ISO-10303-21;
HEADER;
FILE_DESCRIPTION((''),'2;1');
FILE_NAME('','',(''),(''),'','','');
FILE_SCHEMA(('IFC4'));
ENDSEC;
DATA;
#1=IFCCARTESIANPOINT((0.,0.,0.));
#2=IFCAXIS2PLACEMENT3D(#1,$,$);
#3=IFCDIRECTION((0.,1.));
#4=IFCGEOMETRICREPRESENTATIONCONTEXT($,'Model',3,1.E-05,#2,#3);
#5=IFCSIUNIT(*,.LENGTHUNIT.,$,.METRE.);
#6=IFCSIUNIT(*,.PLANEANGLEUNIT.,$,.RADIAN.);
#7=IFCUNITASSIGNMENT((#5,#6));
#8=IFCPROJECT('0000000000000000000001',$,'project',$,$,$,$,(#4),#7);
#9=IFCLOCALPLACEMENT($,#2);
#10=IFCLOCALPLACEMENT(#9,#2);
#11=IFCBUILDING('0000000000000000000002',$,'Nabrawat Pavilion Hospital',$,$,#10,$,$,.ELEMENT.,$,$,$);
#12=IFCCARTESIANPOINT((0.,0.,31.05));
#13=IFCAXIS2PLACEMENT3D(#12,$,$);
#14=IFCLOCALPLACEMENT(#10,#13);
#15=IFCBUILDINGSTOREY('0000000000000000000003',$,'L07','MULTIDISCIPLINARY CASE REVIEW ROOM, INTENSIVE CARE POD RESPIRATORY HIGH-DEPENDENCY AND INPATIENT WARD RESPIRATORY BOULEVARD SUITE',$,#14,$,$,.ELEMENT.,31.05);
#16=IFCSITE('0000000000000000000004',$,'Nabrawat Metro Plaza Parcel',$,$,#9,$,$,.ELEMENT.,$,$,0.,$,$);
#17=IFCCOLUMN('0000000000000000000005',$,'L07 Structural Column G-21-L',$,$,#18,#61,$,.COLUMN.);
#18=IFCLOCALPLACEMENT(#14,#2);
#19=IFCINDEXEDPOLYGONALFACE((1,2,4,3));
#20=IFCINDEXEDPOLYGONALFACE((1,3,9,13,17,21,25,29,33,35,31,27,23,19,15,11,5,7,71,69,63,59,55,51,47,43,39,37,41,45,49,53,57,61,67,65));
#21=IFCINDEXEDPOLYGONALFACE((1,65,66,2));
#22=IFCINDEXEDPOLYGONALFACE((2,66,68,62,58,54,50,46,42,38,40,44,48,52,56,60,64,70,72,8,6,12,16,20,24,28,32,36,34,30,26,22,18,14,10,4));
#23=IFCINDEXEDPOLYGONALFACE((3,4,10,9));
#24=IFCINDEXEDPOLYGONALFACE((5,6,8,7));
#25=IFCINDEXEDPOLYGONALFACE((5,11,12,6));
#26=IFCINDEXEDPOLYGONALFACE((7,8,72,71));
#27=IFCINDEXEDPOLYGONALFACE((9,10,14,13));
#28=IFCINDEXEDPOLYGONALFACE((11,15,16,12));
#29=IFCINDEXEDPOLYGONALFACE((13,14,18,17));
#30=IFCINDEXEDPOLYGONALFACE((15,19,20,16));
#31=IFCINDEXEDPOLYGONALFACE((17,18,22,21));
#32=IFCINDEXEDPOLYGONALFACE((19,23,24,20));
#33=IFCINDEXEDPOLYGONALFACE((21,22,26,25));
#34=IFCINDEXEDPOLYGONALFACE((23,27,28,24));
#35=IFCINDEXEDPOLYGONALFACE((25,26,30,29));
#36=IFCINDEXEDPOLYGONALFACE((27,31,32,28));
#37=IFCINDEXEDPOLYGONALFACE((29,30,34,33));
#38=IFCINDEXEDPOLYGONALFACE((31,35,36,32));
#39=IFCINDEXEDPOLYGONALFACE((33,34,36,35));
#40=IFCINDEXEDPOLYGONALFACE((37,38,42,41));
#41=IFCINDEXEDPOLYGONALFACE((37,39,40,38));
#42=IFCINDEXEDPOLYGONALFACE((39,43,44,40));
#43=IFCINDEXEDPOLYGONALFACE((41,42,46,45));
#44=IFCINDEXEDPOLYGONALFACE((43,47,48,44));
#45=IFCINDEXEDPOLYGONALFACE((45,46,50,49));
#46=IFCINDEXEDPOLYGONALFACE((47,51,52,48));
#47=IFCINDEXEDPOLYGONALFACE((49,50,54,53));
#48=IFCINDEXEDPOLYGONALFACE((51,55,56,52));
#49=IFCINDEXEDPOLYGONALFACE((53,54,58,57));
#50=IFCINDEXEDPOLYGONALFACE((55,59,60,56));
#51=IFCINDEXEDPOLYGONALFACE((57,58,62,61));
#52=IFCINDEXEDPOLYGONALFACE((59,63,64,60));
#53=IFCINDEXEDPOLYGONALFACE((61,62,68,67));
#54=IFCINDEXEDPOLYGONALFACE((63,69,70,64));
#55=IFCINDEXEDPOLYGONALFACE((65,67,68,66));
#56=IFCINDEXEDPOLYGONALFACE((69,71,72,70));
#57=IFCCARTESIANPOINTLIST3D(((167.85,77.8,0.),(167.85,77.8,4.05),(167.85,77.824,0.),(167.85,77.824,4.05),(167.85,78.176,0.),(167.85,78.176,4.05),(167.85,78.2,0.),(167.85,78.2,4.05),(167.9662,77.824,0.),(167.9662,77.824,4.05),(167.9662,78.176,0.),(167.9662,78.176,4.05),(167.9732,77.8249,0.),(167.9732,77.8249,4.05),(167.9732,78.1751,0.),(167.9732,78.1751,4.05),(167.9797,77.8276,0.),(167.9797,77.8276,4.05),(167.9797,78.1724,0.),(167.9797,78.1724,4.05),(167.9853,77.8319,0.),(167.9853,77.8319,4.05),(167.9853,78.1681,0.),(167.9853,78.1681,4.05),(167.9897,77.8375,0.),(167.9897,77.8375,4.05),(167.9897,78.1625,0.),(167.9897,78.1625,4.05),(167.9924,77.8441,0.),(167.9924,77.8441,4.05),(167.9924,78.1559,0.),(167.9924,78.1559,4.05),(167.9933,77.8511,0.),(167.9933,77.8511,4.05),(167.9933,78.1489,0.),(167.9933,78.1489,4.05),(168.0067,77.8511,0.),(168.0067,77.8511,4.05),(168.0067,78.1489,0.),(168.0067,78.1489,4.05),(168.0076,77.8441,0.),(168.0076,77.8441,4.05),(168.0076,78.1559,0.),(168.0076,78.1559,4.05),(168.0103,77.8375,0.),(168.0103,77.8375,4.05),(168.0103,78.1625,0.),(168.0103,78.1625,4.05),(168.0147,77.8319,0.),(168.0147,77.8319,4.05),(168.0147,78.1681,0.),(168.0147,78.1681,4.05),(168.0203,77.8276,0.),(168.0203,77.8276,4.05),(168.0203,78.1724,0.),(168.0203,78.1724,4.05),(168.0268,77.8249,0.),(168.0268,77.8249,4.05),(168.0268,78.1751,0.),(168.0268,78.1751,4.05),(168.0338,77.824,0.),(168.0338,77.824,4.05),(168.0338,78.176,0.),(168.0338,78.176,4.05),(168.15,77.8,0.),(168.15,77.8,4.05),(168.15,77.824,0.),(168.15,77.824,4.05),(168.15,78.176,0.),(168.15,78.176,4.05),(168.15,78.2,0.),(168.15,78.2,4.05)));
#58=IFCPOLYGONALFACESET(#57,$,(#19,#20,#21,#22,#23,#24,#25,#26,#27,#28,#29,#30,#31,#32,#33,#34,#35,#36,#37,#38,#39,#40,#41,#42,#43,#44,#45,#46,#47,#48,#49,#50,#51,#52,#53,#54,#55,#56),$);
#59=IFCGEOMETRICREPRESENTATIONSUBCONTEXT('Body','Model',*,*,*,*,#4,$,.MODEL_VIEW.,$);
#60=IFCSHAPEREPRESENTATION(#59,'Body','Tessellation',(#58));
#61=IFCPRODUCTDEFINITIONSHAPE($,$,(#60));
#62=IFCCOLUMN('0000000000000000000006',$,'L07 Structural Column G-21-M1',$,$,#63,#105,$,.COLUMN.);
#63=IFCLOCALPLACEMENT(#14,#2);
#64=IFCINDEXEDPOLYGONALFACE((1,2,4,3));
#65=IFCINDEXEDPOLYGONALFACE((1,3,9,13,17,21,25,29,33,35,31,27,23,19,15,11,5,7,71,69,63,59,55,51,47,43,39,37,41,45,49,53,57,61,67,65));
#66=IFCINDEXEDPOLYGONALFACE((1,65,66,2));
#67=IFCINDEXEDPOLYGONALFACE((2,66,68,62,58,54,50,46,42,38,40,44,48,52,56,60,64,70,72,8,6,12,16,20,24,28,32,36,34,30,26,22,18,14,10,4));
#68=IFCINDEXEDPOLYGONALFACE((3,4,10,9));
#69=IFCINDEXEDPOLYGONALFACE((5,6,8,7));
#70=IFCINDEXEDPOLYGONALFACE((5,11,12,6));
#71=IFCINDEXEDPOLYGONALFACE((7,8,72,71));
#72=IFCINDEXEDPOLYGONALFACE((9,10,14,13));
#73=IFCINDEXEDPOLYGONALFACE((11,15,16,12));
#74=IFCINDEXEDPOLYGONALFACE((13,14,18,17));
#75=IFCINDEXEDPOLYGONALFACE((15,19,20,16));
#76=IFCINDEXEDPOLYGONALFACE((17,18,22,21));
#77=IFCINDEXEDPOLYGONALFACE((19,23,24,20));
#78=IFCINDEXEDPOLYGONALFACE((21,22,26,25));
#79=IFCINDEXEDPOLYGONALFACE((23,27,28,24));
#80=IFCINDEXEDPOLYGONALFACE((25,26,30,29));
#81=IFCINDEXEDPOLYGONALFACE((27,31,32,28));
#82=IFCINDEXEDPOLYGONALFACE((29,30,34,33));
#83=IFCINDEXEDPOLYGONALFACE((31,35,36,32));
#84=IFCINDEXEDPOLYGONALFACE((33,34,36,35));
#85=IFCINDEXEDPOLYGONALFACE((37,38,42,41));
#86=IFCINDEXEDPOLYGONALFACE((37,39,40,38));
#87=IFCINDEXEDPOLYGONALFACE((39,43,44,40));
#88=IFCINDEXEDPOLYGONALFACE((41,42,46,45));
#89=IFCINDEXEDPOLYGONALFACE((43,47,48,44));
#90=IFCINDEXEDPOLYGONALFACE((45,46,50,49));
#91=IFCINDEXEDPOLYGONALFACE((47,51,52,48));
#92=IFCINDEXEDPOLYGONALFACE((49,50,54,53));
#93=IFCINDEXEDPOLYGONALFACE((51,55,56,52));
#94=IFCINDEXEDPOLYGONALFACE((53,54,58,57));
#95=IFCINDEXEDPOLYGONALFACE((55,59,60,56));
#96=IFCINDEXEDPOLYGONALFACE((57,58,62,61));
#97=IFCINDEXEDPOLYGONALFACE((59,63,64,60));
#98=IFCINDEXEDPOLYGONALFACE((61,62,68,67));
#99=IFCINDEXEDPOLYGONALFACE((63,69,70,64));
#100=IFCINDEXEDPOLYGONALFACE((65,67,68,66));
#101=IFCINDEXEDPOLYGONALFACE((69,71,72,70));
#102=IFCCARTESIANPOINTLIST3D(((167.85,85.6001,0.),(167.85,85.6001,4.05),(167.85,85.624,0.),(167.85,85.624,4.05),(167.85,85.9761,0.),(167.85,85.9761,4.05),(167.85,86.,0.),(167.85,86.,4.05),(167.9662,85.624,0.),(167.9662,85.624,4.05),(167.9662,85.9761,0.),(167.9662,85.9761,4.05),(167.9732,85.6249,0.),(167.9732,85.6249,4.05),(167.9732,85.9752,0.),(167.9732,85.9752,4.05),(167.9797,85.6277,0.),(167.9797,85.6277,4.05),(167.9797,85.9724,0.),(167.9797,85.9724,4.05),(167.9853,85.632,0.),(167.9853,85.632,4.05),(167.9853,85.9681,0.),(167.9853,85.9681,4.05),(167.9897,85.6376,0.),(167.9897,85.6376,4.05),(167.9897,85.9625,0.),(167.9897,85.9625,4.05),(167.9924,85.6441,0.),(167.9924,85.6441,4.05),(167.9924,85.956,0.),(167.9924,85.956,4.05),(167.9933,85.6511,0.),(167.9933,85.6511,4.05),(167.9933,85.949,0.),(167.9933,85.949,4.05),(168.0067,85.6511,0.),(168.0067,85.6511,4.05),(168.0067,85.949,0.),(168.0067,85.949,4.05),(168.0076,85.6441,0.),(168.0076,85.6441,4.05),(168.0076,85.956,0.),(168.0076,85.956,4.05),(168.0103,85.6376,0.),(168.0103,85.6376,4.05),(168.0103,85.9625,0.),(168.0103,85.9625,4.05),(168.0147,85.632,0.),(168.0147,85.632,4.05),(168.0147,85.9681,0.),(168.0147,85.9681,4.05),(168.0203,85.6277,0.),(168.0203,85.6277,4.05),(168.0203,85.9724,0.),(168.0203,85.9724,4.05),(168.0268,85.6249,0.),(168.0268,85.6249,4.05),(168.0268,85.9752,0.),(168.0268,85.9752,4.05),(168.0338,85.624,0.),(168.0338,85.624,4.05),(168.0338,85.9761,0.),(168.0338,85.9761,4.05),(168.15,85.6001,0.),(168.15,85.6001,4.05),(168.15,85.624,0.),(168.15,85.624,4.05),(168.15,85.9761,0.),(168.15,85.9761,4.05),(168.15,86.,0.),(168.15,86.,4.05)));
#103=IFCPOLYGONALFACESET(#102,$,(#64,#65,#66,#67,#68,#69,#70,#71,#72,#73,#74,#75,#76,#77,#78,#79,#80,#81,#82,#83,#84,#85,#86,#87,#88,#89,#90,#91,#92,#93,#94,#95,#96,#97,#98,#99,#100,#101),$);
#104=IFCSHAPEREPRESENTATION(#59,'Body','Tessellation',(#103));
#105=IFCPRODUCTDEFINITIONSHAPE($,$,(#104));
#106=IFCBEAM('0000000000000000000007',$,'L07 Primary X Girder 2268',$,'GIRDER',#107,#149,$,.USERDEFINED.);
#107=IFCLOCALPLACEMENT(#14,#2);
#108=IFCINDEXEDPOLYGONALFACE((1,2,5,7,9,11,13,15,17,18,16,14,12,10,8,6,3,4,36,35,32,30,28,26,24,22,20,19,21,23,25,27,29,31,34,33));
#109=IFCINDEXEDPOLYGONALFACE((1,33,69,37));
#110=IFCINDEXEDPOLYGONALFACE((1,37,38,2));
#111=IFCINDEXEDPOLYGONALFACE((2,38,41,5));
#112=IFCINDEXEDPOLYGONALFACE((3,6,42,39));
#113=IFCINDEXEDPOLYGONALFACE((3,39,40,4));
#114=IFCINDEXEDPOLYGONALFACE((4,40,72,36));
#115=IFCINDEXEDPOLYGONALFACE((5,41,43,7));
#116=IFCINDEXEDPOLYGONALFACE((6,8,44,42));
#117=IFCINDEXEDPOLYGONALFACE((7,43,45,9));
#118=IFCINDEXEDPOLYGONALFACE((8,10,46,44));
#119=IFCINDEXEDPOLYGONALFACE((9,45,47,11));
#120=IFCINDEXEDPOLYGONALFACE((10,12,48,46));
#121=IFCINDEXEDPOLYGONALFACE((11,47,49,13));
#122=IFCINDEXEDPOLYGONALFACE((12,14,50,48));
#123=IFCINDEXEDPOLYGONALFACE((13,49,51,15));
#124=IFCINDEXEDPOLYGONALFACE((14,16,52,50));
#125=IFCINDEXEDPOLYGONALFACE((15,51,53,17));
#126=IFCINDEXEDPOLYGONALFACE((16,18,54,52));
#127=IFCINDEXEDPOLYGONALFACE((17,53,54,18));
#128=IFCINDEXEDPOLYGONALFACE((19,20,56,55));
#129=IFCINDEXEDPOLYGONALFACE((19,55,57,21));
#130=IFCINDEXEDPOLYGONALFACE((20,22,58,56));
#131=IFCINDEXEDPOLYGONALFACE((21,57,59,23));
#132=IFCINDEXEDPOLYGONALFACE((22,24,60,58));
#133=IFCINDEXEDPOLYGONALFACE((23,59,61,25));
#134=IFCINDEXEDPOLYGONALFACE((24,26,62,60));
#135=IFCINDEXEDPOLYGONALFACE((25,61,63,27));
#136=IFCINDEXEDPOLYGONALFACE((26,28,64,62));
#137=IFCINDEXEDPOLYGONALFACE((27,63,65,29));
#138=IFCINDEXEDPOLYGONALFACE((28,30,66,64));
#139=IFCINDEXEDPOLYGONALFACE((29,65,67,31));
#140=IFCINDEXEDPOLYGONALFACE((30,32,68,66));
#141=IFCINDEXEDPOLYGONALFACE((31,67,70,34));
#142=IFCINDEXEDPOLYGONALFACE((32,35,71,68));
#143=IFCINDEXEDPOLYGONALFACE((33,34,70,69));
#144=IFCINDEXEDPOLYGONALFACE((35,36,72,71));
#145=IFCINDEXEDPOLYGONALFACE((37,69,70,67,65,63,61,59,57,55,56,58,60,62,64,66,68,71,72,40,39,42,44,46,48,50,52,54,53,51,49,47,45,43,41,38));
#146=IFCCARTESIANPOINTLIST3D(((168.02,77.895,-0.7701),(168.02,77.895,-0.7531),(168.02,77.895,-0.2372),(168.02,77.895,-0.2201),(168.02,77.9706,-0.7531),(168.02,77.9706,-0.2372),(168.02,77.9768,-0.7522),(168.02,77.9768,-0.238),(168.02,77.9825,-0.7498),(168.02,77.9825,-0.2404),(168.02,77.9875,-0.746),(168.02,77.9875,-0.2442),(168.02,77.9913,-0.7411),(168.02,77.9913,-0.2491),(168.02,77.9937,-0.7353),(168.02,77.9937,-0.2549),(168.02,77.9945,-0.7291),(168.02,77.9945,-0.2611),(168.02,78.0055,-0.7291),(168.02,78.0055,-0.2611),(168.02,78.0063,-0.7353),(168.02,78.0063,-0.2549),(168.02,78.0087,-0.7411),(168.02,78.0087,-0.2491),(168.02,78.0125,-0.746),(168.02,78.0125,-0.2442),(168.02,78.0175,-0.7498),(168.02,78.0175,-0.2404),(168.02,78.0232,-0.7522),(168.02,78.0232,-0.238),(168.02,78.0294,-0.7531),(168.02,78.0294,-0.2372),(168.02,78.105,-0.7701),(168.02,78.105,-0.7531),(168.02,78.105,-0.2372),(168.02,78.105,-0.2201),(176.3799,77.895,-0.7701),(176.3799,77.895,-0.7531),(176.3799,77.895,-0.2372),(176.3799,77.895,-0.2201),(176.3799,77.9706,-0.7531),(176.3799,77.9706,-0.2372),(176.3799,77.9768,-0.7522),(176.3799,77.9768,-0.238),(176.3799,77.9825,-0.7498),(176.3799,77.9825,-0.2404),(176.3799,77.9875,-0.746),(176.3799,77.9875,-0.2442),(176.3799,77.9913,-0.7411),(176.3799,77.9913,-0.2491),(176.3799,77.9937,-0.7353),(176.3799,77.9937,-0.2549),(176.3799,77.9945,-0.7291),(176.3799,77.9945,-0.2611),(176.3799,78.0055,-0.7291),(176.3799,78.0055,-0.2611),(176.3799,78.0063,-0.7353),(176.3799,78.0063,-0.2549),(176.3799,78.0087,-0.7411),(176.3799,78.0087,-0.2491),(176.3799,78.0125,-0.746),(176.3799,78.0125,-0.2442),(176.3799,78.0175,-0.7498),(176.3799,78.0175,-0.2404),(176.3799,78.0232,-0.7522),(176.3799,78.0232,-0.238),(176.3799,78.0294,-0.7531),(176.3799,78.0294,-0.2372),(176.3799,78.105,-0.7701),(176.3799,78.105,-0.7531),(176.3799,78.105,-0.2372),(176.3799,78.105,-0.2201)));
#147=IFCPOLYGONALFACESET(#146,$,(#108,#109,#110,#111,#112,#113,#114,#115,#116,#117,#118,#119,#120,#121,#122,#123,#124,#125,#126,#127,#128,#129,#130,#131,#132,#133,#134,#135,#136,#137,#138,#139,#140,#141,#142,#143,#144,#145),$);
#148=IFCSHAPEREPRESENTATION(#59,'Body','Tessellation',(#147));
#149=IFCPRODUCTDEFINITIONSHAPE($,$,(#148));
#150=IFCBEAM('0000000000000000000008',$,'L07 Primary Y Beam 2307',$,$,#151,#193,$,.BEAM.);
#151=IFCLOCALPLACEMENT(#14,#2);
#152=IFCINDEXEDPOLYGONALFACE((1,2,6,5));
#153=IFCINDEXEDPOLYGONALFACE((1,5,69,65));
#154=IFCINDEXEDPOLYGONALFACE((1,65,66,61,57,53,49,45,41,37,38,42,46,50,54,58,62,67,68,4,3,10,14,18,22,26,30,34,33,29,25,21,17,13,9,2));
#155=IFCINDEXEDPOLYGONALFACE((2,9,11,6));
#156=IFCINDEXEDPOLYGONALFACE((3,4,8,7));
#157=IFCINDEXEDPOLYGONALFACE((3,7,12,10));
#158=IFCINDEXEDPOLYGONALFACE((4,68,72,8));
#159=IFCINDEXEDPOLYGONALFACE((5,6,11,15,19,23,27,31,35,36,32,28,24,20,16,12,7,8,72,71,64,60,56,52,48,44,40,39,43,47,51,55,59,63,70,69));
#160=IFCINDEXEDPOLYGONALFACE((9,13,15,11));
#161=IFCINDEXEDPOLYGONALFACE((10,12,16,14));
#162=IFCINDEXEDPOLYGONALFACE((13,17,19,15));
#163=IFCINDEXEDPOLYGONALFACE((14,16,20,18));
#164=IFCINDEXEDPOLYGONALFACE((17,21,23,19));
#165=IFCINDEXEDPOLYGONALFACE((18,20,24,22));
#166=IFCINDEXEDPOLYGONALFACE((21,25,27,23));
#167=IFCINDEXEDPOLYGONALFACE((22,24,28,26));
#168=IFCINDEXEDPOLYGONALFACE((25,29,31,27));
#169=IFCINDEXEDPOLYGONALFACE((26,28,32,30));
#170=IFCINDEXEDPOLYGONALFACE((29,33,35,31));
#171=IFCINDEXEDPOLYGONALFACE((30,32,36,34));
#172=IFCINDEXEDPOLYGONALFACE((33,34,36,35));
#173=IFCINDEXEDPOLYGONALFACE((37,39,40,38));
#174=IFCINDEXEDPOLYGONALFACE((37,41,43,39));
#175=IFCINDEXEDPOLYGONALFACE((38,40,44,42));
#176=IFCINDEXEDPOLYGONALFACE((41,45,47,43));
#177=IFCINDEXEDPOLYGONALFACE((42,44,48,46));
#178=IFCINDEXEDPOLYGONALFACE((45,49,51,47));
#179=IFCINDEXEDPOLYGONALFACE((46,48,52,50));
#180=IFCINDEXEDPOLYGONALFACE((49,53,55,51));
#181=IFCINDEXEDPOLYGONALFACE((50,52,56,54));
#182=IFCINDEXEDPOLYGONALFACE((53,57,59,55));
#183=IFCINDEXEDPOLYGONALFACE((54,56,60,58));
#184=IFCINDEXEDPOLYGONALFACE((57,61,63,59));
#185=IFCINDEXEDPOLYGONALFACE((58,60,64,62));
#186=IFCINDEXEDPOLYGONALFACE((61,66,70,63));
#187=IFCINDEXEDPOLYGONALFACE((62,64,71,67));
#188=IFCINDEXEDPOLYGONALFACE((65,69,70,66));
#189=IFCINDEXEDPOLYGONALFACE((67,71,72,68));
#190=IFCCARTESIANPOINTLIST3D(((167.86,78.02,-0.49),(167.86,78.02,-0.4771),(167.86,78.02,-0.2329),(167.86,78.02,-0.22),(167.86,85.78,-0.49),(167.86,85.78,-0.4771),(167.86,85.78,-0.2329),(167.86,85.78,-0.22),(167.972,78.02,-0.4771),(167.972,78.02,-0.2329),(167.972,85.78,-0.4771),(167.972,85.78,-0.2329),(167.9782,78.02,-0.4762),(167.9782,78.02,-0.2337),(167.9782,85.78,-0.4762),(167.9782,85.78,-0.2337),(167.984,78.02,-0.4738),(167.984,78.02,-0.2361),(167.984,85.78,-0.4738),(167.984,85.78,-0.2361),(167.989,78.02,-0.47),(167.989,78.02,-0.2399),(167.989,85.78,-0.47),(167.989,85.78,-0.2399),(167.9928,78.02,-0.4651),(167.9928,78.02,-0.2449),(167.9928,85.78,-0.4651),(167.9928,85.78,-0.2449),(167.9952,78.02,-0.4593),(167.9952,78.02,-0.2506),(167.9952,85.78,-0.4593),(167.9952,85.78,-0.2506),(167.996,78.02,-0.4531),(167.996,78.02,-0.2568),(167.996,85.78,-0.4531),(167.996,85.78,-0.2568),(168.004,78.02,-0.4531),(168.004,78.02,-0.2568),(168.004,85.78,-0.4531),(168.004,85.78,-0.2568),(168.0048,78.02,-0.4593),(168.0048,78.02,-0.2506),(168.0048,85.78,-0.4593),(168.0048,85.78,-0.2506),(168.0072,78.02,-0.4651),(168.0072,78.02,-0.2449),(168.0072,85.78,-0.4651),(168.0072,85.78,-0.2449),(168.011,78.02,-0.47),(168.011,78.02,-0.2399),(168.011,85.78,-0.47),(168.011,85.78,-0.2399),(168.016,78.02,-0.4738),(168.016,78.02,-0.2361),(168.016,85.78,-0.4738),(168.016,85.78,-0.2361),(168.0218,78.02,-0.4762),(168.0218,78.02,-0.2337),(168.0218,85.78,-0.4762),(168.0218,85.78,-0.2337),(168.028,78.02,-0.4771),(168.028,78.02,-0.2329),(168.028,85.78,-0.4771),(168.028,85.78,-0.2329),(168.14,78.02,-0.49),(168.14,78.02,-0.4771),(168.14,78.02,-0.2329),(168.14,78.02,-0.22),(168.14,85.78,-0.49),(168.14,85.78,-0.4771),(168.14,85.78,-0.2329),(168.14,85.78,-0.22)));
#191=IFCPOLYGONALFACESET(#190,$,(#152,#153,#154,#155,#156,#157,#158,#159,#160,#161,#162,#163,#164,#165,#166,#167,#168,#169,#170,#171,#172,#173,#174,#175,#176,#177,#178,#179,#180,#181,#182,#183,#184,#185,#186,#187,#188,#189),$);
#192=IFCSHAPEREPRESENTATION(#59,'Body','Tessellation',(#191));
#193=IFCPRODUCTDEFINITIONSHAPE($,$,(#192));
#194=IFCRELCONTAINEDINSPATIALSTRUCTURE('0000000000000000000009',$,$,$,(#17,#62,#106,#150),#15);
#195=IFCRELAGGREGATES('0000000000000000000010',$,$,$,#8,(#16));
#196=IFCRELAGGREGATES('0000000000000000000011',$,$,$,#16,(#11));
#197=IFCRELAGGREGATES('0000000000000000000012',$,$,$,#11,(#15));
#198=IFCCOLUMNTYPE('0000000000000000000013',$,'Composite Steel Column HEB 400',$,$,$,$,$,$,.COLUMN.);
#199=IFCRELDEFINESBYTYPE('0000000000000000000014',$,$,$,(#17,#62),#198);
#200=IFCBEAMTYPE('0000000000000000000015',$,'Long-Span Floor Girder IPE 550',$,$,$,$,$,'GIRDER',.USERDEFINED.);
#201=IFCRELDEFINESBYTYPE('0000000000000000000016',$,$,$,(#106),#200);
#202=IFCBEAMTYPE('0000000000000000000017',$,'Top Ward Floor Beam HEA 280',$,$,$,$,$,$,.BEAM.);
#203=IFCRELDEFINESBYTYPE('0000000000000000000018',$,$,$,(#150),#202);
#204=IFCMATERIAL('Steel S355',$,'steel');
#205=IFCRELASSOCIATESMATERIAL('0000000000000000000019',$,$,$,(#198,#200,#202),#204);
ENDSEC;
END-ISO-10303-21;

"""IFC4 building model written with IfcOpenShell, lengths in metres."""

from ifc_helpers import new_model, si_unit, direction, frame, origin, origin_2d, place, context, subcontext, project, spatial, i_section, extrude, material, material_profile, profile_set, type_object, element, save


model = new_model("IFC4")

# Units and contexts
model_context = context("Model", 3, precision=1e-05, world=origin(), true_north=direction((0.0, 1.0)))
body_context = subcontext(model_context, "Body", "Model", "MODEL_VIEW")
ifc_project = project(units=[si_unit("LENGTHUNIT", "METRE"), si_unit("PLANEANGLEUNIT", "RADIAN")], contexts=[model_context])

# Site, building, storey
site_placement = place(None, origin())
site = spatial("IfcSite", under=ifc_project, at=site_placement, Name="Nabrawat Metro Plaza Parcel", CompositionType="ELEMENT", RefElevation=0.0)
building_placement = place(site_placement, origin())
building = spatial("IfcBuilding", under=site, at=building_placement, Name="Nabrawat Pavilion Hospital", CompositionType="ELEMENT")
storey_placement = place(building_placement, frame((0.0, 0.0, 31.05)))
storey = spatial("IfcBuildingStorey", under=building, at=storey_placement, Name="L07", Description="MULTIDISCIPLINARY CASE REVIEW ROOM, INTENSIVE CARE POD RESPIRATORY HIGH-DEPENDENCY AND INPATIENT WARD RESPIRATORY BOULEVARD SUITE", CompositionType="ELEMENT", Elevation=31.05)

# Columns
ifc_material_1 = material(Name="Steel S355", Category="steel")
ifc_material_profile_1 = material_profile(ifc_material_1, i_section(OverallWidth=0.3, OverallDepth=0.3999, WebThickness=0.0134, FlangeThickness=0.0239, FilletRadius=0.0271, at=origin_2d()), Name="HEB 400")
ifc_profile_set_1 = profile_set([ifc_material_profile_1], Name="Steel S355")
column_type = type_object("IfcColumnType", Name="Composite Steel Column HEB 400", PredefinedType="COLUMN", material=ifc_profile_set_1)
for number, where, z_axis, x_axis, name in (
    (1, (168.0, 78.0, 0.0), (0.0, 0.0, 1.0), (1.0, 0.0, 0.0), "L07 Structural Column G-21-L"),
    (2, (168.0, 85.8, 0.0), (0.0, 0.0, 1.0), (1.0, 0.0, 0.0), "L07 Structural Column G-21-M1"),
):
    element("IfcColumn", number, at=place(storey_placement, frame(where, z_axis=z_axis, x_axis=x_axis)), inside=storey, type_object=column_type, Name=name, PredefinedType="COLUMN", context=body_context, shape_type="SweptSolid", body=[
        extrude(i_section(OverallWidth=0.3, OverallDepth=0.3999, WebThickness=0.0134, FlangeThickness=0.0239, FilletRadius=0.0271, at=origin_2d()), origin(), (0.0, 0.0, 1.0), 4.05),
    ])

# Beams
ifc_material_profile_2 = material_profile(ifc_material_1, i_section(OverallWidth=0.21, OverallDepth=0.55, WebThickness=0.011, FlangeThickness=0.0171, FilletRadius=0.0239, at=origin_2d()), Name="IPE 550")
ifc_profile_set_2 = profile_set([ifc_material_profile_2], Name="Steel S355")
beam_type_1 = type_object("IfcBeamType", Name="Long-Span Floor Girder IPE 550", ElementType="GIRDER", PredefinedType="USERDEFINED", material=ifc_profile_set_2)
beam_1_placement = place(storey_placement, frame((168.02, 78.0, -0.4951), z_axis=(1.0, 0.0, 0.0), x_axis=(0.0, 1.0, 0.0)))
element("IfcBeam", 3, at=beam_1_placement, inside=storey, type_object=beam_type_1, Name="L07 Primary X Girder 2268", ObjectType="GIRDER", PredefinedType="USERDEFINED", context=body_context, shape_type="SweptSolid", body=[
    extrude(i_section(OverallWidth=0.21, OverallDepth=0.55, WebThickness=0.011, FlangeThickness=0.0171, FilletRadius=0.0239, at=origin_2d()), origin(), (0.0, 0.0, 1.0), 8.3599),
])
ifc_material_profile_3 = material_profile(ifc_material_1, i_section(OverallWidth=0.28, OverallDepth=0.27, WebThickness=0.0081, FlangeThickness=0.0129, FilletRadius=0.0239, at=origin_2d()), Name="HEA 280")
ifc_profile_set_3 = profile_set([ifc_material_profile_3], Name="Steel S355")
beam_type_2 = type_object("IfcBeamType", Name="Top Ward Floor Beam HEA 280", PredefinedType="BEAM", material=ifc_profile_set_3)
beam_2_placement = place(storey_placement, frame((168.0, 78.02, -0.355), z_axis=(0.0, 1.0, 0.0), x_axis=(-1.0, 0.0, 0.0)))
element("IfcBeam", 4, at=beam_2_placement, inside=storey, type_object=beam_type_2, Name="L07 Primary Y Beam 2307", PredefinedType="BEAM", context=body_context, shape_type="SweptSolid", body=[
    extrude(i_section(OverallWidth=0.28, OverallDepth=0.27, WebThickness=0.0081, FlangeThickness=0.0129, FilletRadius=0.0239, at=origin_2d()), origin(), (0.0, 0.0, 1.0), 7.76),
])

save(model, "model.ifc")
